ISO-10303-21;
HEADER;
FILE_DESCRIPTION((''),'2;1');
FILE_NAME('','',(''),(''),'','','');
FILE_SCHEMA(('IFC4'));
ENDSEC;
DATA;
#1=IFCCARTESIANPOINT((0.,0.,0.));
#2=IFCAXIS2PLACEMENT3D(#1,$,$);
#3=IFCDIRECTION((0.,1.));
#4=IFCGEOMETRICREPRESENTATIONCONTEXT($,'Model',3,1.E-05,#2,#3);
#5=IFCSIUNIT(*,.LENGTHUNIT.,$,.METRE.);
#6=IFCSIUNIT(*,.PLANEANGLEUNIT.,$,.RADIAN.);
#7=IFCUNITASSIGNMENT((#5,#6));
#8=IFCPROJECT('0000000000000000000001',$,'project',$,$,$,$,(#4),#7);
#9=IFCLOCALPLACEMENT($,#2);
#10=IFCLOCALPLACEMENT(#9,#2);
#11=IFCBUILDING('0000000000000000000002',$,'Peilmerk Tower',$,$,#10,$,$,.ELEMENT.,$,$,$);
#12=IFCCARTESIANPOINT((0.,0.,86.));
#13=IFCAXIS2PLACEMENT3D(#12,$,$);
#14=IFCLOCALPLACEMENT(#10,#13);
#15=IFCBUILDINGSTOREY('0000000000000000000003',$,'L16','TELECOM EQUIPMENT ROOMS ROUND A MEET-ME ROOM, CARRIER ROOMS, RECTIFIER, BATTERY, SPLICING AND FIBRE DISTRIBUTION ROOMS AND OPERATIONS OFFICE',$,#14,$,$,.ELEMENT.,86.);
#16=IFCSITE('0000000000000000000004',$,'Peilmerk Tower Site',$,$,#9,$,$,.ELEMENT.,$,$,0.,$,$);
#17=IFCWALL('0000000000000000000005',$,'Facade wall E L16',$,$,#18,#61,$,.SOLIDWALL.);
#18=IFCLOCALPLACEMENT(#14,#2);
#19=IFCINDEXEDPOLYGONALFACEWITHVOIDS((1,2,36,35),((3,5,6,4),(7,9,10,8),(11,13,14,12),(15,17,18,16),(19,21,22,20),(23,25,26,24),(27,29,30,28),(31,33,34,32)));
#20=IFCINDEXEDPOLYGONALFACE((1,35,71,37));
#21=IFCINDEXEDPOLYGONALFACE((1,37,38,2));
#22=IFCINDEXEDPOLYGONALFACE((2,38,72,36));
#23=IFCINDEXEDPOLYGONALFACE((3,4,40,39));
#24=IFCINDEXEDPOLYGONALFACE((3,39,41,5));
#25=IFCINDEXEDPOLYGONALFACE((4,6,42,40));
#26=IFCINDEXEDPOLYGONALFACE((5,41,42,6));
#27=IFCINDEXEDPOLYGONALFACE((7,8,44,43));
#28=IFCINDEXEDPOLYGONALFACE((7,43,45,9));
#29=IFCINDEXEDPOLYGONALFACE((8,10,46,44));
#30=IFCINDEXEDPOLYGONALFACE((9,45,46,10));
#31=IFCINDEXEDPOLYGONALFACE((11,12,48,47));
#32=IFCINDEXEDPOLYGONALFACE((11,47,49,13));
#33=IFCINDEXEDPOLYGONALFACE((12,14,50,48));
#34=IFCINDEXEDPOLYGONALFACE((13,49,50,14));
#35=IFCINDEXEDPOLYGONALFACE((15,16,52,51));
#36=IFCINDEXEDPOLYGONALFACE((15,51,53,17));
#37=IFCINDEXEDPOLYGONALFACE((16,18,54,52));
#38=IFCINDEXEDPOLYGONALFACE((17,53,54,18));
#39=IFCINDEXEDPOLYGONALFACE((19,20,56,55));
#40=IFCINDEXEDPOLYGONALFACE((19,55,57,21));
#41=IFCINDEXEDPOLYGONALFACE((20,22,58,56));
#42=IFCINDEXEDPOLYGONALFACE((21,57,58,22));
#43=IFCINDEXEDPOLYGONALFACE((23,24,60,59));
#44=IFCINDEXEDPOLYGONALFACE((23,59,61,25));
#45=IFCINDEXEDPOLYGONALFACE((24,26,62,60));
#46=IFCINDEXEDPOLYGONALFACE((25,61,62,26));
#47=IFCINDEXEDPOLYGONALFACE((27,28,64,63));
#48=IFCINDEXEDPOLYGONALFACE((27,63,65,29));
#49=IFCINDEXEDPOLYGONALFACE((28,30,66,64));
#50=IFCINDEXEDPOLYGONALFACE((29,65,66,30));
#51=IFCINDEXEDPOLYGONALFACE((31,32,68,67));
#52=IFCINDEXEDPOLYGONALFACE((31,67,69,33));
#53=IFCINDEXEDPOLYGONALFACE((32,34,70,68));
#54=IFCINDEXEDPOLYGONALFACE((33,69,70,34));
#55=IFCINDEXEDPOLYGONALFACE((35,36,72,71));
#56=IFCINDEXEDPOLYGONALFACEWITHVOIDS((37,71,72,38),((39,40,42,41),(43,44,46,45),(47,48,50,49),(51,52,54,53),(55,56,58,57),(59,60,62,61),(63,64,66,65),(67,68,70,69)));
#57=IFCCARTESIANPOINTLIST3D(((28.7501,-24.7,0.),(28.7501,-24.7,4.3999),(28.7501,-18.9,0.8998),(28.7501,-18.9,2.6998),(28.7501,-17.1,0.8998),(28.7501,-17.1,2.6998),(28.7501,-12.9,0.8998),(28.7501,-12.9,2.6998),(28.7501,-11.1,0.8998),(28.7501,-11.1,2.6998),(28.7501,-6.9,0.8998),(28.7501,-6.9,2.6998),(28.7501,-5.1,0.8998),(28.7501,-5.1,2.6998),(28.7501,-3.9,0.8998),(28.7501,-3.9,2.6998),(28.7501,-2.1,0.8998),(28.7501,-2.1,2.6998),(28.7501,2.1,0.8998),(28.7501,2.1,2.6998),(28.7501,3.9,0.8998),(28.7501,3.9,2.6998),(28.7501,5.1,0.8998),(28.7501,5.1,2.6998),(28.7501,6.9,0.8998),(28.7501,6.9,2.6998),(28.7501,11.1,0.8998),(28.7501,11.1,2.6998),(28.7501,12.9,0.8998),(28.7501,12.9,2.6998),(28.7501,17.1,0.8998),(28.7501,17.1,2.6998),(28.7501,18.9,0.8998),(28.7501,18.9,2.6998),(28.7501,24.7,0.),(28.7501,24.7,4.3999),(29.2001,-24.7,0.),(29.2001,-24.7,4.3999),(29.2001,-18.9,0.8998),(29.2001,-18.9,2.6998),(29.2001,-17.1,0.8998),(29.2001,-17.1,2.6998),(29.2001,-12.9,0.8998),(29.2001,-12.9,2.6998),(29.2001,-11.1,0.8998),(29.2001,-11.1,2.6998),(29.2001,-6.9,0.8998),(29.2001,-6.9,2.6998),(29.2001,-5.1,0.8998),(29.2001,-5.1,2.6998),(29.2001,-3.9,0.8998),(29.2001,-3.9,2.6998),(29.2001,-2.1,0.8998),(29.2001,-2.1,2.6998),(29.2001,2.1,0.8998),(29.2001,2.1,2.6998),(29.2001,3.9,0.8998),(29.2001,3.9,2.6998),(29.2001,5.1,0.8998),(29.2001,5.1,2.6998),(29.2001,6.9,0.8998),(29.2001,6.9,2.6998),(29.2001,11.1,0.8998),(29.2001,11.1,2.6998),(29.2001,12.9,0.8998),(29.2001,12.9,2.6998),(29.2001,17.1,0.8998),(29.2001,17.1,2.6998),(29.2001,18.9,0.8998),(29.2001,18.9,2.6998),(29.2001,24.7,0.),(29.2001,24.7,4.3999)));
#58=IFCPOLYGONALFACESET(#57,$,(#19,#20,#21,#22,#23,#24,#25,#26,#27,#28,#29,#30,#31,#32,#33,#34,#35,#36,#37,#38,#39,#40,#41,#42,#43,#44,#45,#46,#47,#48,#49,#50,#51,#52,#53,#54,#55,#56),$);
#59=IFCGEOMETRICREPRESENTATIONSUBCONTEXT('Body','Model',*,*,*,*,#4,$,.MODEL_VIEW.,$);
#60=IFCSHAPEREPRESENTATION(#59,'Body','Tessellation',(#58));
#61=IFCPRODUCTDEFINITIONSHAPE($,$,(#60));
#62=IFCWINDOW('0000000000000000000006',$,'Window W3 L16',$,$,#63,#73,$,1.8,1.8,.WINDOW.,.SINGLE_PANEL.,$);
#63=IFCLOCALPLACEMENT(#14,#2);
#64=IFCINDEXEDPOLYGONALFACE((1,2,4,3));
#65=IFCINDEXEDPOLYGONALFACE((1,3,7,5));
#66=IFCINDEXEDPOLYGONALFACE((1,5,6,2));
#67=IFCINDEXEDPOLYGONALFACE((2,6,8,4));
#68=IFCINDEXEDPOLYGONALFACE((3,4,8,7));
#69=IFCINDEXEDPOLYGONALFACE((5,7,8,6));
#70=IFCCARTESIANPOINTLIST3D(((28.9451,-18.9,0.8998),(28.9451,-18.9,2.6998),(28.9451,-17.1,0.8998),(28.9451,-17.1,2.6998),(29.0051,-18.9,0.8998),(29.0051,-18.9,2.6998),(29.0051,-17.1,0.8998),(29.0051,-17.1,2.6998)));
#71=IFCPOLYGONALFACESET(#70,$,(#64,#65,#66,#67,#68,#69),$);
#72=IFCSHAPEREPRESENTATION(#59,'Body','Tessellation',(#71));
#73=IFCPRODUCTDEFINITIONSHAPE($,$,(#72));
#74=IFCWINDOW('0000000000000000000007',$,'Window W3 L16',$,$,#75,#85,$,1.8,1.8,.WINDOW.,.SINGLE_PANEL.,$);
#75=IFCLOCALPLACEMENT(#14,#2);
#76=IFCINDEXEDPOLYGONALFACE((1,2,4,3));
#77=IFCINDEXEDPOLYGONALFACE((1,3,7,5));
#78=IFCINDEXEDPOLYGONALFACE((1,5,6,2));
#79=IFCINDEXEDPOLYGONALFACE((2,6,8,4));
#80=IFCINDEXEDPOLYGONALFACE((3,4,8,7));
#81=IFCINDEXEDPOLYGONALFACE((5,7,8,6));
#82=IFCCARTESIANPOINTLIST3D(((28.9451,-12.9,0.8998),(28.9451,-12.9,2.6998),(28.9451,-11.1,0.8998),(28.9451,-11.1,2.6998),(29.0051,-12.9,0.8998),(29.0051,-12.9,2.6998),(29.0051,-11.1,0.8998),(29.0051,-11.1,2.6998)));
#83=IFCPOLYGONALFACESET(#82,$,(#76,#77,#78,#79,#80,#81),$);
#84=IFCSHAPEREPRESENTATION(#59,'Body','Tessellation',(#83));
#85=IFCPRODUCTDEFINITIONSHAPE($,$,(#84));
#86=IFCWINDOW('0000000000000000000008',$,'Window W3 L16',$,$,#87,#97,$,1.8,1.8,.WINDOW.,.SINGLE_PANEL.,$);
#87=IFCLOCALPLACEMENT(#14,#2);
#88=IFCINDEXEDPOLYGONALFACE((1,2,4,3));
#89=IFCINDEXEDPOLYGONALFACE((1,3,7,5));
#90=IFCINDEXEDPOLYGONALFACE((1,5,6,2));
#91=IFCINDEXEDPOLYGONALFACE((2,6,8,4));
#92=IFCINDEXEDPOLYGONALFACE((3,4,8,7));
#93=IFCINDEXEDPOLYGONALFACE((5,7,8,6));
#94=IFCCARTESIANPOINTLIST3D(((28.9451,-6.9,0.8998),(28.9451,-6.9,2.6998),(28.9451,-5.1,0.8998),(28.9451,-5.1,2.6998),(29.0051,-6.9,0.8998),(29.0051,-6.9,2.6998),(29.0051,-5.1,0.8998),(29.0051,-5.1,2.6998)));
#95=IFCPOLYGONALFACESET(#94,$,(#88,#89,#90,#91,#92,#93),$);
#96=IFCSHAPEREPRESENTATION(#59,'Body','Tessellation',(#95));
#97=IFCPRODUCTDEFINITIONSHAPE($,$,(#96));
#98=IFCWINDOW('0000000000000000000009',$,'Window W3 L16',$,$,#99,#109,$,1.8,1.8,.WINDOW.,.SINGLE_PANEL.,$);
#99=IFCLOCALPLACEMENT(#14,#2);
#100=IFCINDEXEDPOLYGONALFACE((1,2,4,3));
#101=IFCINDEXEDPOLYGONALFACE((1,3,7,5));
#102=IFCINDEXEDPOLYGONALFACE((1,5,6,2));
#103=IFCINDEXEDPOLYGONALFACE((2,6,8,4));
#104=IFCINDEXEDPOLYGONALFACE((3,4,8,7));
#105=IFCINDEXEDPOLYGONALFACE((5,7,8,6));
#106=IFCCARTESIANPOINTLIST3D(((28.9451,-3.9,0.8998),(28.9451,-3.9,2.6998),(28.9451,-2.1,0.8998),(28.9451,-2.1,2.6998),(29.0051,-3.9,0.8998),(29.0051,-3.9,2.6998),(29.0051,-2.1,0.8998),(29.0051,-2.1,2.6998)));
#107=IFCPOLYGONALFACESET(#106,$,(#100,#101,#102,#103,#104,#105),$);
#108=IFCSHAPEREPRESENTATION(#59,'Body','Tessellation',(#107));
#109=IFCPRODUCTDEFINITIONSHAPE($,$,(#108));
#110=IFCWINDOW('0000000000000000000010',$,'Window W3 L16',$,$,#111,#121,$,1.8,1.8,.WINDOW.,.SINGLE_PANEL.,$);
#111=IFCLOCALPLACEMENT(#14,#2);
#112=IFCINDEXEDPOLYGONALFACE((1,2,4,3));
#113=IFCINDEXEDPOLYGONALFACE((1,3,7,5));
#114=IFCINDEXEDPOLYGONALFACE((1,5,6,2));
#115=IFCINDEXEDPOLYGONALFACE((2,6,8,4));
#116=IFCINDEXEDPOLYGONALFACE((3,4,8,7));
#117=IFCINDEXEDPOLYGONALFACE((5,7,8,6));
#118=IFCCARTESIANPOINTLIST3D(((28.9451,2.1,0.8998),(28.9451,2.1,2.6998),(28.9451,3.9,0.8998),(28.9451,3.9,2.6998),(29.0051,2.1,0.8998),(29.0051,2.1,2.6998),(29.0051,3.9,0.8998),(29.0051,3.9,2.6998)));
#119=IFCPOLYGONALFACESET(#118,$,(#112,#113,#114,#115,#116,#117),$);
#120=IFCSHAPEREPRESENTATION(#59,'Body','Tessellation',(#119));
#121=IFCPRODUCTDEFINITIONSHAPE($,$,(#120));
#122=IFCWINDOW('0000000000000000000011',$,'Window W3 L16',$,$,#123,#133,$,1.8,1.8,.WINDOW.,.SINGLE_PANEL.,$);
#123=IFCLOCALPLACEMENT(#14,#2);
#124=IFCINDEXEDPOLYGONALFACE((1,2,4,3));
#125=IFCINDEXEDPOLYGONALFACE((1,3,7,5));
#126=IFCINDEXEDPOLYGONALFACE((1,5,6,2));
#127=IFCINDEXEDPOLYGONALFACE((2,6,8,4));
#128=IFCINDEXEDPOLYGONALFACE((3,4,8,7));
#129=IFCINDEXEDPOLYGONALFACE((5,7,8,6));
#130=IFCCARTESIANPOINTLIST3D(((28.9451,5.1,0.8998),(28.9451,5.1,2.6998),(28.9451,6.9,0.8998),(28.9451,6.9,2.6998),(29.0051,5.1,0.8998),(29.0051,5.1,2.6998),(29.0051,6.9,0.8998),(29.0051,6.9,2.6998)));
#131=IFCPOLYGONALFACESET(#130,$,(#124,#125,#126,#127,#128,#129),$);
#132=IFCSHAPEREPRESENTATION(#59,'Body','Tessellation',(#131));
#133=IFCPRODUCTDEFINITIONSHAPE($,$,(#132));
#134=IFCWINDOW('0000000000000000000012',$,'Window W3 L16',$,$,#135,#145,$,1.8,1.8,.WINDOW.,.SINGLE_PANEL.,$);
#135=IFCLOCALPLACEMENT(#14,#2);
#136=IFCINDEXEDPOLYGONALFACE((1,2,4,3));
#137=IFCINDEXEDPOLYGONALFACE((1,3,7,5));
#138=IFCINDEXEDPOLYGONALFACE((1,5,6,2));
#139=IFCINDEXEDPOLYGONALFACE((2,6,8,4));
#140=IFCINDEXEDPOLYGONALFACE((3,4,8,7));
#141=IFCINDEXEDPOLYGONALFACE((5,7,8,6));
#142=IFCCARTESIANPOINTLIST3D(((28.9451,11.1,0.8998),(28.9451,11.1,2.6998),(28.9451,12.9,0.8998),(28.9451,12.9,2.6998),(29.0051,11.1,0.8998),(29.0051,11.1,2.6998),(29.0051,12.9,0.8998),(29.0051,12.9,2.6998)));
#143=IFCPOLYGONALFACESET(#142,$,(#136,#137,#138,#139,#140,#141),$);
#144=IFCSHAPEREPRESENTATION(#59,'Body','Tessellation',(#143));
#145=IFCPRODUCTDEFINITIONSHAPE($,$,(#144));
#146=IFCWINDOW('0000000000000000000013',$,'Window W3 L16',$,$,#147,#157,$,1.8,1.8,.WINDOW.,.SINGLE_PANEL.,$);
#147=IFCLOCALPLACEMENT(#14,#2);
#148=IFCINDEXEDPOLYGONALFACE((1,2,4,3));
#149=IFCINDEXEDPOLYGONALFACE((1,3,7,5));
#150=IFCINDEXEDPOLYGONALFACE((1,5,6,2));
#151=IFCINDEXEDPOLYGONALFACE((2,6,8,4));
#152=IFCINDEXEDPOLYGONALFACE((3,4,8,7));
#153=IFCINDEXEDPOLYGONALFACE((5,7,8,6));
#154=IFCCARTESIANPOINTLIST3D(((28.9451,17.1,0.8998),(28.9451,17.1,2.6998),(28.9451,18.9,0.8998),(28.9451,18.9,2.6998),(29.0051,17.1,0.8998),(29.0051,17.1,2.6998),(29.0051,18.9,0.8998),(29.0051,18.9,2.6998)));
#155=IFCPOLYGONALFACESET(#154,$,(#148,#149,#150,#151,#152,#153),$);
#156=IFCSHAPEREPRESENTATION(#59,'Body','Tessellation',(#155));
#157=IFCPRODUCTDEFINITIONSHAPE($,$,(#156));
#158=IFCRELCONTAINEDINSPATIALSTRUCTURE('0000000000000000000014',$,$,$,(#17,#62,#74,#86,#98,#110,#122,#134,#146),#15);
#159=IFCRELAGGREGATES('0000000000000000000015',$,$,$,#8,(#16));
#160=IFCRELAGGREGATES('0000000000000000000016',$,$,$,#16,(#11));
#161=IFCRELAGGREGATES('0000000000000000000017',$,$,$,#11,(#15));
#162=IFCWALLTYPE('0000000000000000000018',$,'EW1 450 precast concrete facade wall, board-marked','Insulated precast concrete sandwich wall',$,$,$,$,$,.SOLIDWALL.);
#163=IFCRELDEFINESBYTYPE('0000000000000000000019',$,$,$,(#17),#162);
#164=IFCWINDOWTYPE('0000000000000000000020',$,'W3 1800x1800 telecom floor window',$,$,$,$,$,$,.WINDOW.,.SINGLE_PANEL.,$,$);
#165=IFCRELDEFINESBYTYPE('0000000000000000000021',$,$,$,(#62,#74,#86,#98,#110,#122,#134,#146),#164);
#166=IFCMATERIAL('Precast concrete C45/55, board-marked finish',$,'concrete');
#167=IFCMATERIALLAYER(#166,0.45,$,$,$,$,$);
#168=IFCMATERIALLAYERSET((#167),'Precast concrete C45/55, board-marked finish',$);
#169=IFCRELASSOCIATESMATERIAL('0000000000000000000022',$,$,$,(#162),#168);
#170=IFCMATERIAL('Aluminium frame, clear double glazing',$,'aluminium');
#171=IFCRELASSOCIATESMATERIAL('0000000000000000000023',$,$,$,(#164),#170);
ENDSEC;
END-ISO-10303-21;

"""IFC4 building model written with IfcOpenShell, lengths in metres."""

from ifc_helpers import new_model, si_unit, direction, frame, frame_2d, origin, place, context, subcontext, project, spatial, rectangle, extrude, material, layer, layer_set, type_object, element, fill, save


model = new_model("IFC4")

# Units and contexts
model_context = context("Model", 3, precision=1e-05, world=origin(), true_north=direction((0.0, 1.0)))
body_context = subcontext(model_context, "Body", "Model", "MODEL_VIEW")
ifc_project = project(units=[si_unit("LENGTHUNIT", "METRE"), si_unit("PLANEANGLEUNIT", "RADIAN")], contexts=[model_context])

# Site, building, storey
site_placement = place(None, origin())
site = spatial("IfcSite", under=ifc_project, at=site_placement, Name="Peilmerk Tower Site", CompositionType="ELEMENT", RefElevation=0.0)
building_placement = place(site_placement, origin())
building = spatial("IfcBuilding", under=site, at=building_placement, Name="Peilmerk Tower", CompositionType="ELEMENT")
storey_placement = place(building_placement, frame((0.0, 0.0, 86.0)))
storey = spatial("IfcBuildingStorey", under=building, at=storey_placement, Name="L16", Description="TELECOM EQUIPMENT ROOMS ROUND A MEET-ME ROOM, CARRIER ROOMS, RECTIFIER, BATTERY, SPLICING AND FIBRE DISTRIBUTION ROOMS AND OPERATIONS OFFICE", CompositionType="ELEMENT", Elevation=86.0)

# Wall, openings, windows
ifc_material_1 = material(Name="Precast concrete C45/55, board-marked finish", Category="concrete")
ifc_layer = layer(ifc_material_1, 0.45)
ifc_layer_set = layer_set([ifc_layer], Name="Precast concrete C45/55, board-marked finish")
wall_type = type_object("IfcWallType", Name="EW1 450 precast concrete facade wall, board-marked", Description="Insulated precast concrete sandwich wall", PredefinedType="SOLIDWALL", material=ifc_layer_set)
wall_1_placement = place(storey_placement, frame((28.9751, -24.7, 0.0), z_axis=(0.0, 0.0, 1.0), x_axis=(0.0, 1.0, 0.0)))
wall_1 = element("IfcWall", 1, at=wall_1_placement, inside=storey, type_object=wall_type, Name="Facade wall E L16", PredefinedType="SOLIDWALL", context=body_context, shape_type="SweptSolid", body=[
    extrude(rectangle(XDim=49.3999, YDim=0.45, at=frame_2d((24.7, 0.0))), origin(), (0.0, 0.0, 1.0), 4.3999),
])
opening_1_placement = place(wall_1_placement, frame((5.8, 0.0, 0.8999)))
opening_1 = element("IfcOpeningElement", 2, at=opening_1_placement, cuts=wall_1, PredefinedType="OPENING", context=body_context, shape_type="SweptSolid", body=[
    extrude(rectangle(XDim=1.8, YDim=1.8, at=frame_2d((0.8999, 0.8999))), frame((0.0, 0.2349, 0.0), z_axis=(0.0, -1.0, 0.0), x_axis=(1.0, 0.0, 0.0)), (0.0, 0.0, 1.0), 0.47),
])
opening_2_placement = place(wall_1_placement, frame((11.8, 0.0, 0.8999)))
opening_2 = element("IfcOpeningElement", 3, at=opening_2_placement, cuts=wall_1, PredefinedType="OPENING", context=body_context, shape_type="SweptSolid", body=[
    extrude(rectangle(XDim=1.8, YDim=1.8, at=frame_2d((0.8999, 0.8999))), frame((0.0, 0.2349, 0.0), z_axis=(0.0, -1.0, 0.0), x_axis=(1.0, 0.0, 0.0)), (0.0, 0.0, 1.0), 0.47),
])
opening_3_placement = place(wall_1_placement, frame((17.8, 0.0, 0.8999)))
opening_3 = element("IfcOpeningElement", 4, at=opening_3_placement, cuts=wall_1, PredefinedType="OPENING", context=body_context, shape_type="SweptSolid", body=[
    extrude(rectangle(XDim=1.8, YDim=1.8, at=frame_2d((0.8999, 0.8999))), frame((0.0, 0.2349, 0.0), z_axis=(0.0, -1.0, 0.0), x_axis=(1.0, 0.0, 0.0)), (0.0, 0.0, 1.0), 0.47),
])
opening_4_placement = place(wall_1_placement, frame((20.8, 0.0, 0.8999)))
opening_4 = element("IfcOpeningElement", 5, at=opening_4_placement, cuts=wall_1, PredefinedType="OPENING", context=body_context, shape_type="SweptSolid", body=[
    extrude(rectangle(XDim=1.8, YDim=1.8, at=frame_2d((0.8999, 0.8999))), frame((0.0, 0.2349, 0.0), z_axis=(0.0, -1.0, 0.0), x_axis=(1.0, 0.0, 0.0)), (0.0, 0.0, 1.0), 0.47),
])
opening_5_placement = place(wall_1_placement, frame((26.8, 0.0, 0.8999)))
opening_5 = element("IfcOpeningElement", 6, at=opening_5_placement, cuts=wall_1, PredefinedType="OPENING", context=body_context, shape_type="SweptSolid", body=[
    extrude(rectangle(XDim=1.8, YDim=1.8, at=frame_2d((0.8999, 0.8999))), frame((0.0, 0.2349, 0.0), z_axis=(0.0, -1.0, 0.0), x_axis=(1.0, 0.0, 0.0)), (0.0, 0.0, 1.0), 0.47),
])
opening_6_placement = place(wall_1_placement, frame((29.8, 0.0, 0.8999)))
opening_6 = element("IfcOpeningElement", 7, at=opening_6_placement, cuts=wall_1, PredefinedType="OPENING", context=body_context, shape_type="SweptSolid", body=[
    extrude(rectangle(XDim=1.8, YDim=1.8, at=frame_2d((0.8999, 0.8999))), frame((0.0, 0.2349, 0.0), z_axis=(0.0, -1.0, 0.0), x_axis=(1.0, 0.0, 0.0)), (0.0, 0.0, 1.0), 0.47),
])
opening_7_placement = place(wall_1_placement, frame((35.8, 0.0, 0.8999)))
opening_7 = element("IfcOpeningElement", 8, at=opening_7_placement, cuts=wall_1, PredefinedType="OPENING", context=body_context, shape_type="SweptSolid", body=[
    extrude(rectangle(XDim=1.8, YDim=1.8, at=frame_2d((0.8999, 0.8999))), frame((0.0, 0.2349, 0.0), z_axis=(0.0, -1.0, 0.0), x_axis=(1.0, 0.0, 0.0)), (0.0, 0.0, 1.0), 0.47),
])
opening_8_placement = place(wall_1_placement, frame((41.8, 0.0, 0.8999)))
opening_8 = element("IfcOpeningElement", 9, at=opening_8_placement, cuts=wall_1, PredefinedType="OPENING", context=body_context, shape_type="SweptSolid", body=[
    extrude(rectangle(XDim=1.8, YDim=1.8, at=frame_2d((0.8999, 0.8999))), frame((0.0, 0.2349, 0.0), z_axis=(0.0, -1.0, 0.0), x_axis=(1.0, 0.0, 0.0)), (0.0, 0.0, 1.0), 0.47),
])
ifc_material_2 = material(Name="Aluminium frame, clear double glazing", Category="aluminium")
window_type = type_object("IfcWindowType", Name="W3 1800x1800 telecom floor window", PartitioningType="SINGLE_PANEL", PredefinedType="WINDOW", material=ifc_material_2)
window_1_placement = place(opening_1_placement, origin())
window_1 = element("IfcWindow", 10, at=window_1_placement, inside=storey, type_object=window_type, Name="Window W3 L16", OverallHeight=1.8, OverallWidth=1.8, PartitioningType="SINGLE_PANEL", PredefinedType="WINDOW", context=body_context, shape_type="SweptSolid", body=[
    extrude(rectangle(XDim=1.8, YDim=1.8, at=frame_2d((0.8999, 0.8999))), frame((0.0, 0.03, 0.0), z_axis=(0.0, -1.0, 0.0), x_axis=(1.0, 0.0, 0.0)), (0.0, 0.0, 1.0), 0.0601),
])
fill(opening_1, window_1)
window_2_placement = place(opening_2_placement, origin())
window_2 = element("IfcWindow", 11, at=window_2_placement, inside=storey, type_object=window_type, Name="Window W3 L16", OverallHeight=1.8, OverallWidth=1.8, PartitioningType="SINGLE_PANEL", PredefinedType="WINDOW", context=body_context, shape_type="SweptSolid", body=[
    extrude(rectangle(XDim=1.8, YDim=1.8, at=frame_2d((0.8999, 0.8999))), frame((0.0, 0.03, 0.0), z_axis=(0.0, -1.0, 0.0), x_axis=(1.0, 0.0, 0.0)), (0.0, 0.0, 1.0), 0.0601),
])
fill(opening_2, window_2)
window_3_placement = place(opening_3_placement, origin())
window_3 = element("IfcWindow", 12, at=window_3_placement, inside=storey, type_object=window_type, Name="Window W3 L16", OverallHeight=1.8, OverallWidth=1.8, PartitioningType="SINGLE_PANEL", PredefinedType="WINDOW", context=body_context, shape_type="SweptSolid", body=[
    extrude(rectangle(XDim=1.8, YDim=1.8, at=frame_2d((0.8999, 0.8999))), frame((0.0, 0.03, 0.0), z_axis=(0.0, -1.0, 0.0), x_axis=(1.0, 0.0, 0.0)), (0.0, 0.0, 1.0), 0.0601),
])
fill(opening_3, window_3)
window_4_placement = place(opening_4_placement, origin())
window_4 = element("IfcWindow", 13, at=window_4_placement, inside=storey, type_object=window_type, Name="Window W3 L16", OverallHeight=1.8, OverallWidth=1.8, PartitioningType="SINGLE_PANEL", PredefinedType="WINDOW", context=body_context, shape_type="SweptSolid", body=[
    extrude(rectangle(XDim=1.8, YDim=1.8, at=frame_2d((0.8999, 0.8999))), frame((0.0, 0.03, 0.0), z_axis=(0.0, -1.0, 0.0), x_axis=(1.0, 0.0, 0.0)), (0.0, 0.0, 1.0), 0.0601),
])
fill(opening_4, window_4)
window_5_placement = place(opening_5_placement, origin())
window_5 = element("IfcWindow", 14, at=window_5_placement, inside=storey, type_object=window_type, Name="Window W3 L16", OverallHeight=1.8, OverallWidth=1.8, PartitioningType="SINGLE_PANEL", PredefinedType="WINDOW", context=body_context, shape_type="SweptSolid", body=[
    extrude(rectangle(XDim=1.8, YDim=1.8, at=frame_2d((0.8999, 0.8999))), frame((0.0, 0.03, 0.0), z_axis=(0.0, -1.0, 0.0), x_axis=(1.0, 0.0, 0.0)), (0.0, 0.0, 1.0), 0.0601),
])
fill(opening_5, window_5)
window_6_placement = place(opening_6_placement, origin())
window_6 = element("IfcWindow", 15, at=window_6_placement, inside=storey, type_object=window_type, Name="Window W3 L16", OverallHeight=1.8, OverallWidth=1.8, PartitioningType="SINGLE_PANEL", PredefinedType="WINDOW", context=body_context, shape_type="SweptSolid", body=[
    extrude(rectangle(XDim=1.8, YDim=1.8, at=frame_2d((0.8999, 0.8999))), frame((0.0, 0.03, 0.0), z_axis=(0.0, -1.0, 0.0), x_axis=(1.0, 0.0, 0.0)), (0.0, 0.0, 1.0), 0.0601),
])
fill(opening_6, window_6)
window_7_placement = place(opening_7_placement, origin())
window_7 = element("IfcWindow", 16, at=window_7_placement, inside=storey, type_object=window_type, Name="Window W3 L16", OverallHeight=1.8, OverallWidth=1.8, PartitioningType="SINGLE_PANEL", PredefinedType="WINDOW", context=body_context, shape_type="SweptSolid", body=[
    extrude(rectangle(XDim=1.8, YDim=1.8, at=frame_2d((0.8999, 0.8999))), frame((0.0, 0.03, 0.0), z_axis=(0.0, -1.0, 0.0), x_axis=(1.0, 0.0, 0.0)), (0.0, 0.0, 1.0), 0.0601),
])
fill(opening_7, window_7)
window_8_placement = place(opening_8_placement, origin())
window_8 = element("IfcWindow", 17, at=window_8_placement, inside=storey, type_object=window_type, Name="Window W3 L16", OverallHeight=1.8, OverallWidth=1.8, PartitioningType="SINGLE_PANEL", PredefinedType="WINDOW", context=body_context, shape_type="SweptSolid", body=[
    extrude(rectangle(XDim=1.8, YDim=1.8, at=frame_2d((0.8999, 0.8999))), frame((0.0, 0.03, 0.0), z_axis=(0.0, -1.0, 0.0), x_axis=(1.0, 0.0, 0.0)), (0.0, 0.0, 1.0), 0.0601),
])
fill(opening_8, window_8)

save(model, "model.ifc")
